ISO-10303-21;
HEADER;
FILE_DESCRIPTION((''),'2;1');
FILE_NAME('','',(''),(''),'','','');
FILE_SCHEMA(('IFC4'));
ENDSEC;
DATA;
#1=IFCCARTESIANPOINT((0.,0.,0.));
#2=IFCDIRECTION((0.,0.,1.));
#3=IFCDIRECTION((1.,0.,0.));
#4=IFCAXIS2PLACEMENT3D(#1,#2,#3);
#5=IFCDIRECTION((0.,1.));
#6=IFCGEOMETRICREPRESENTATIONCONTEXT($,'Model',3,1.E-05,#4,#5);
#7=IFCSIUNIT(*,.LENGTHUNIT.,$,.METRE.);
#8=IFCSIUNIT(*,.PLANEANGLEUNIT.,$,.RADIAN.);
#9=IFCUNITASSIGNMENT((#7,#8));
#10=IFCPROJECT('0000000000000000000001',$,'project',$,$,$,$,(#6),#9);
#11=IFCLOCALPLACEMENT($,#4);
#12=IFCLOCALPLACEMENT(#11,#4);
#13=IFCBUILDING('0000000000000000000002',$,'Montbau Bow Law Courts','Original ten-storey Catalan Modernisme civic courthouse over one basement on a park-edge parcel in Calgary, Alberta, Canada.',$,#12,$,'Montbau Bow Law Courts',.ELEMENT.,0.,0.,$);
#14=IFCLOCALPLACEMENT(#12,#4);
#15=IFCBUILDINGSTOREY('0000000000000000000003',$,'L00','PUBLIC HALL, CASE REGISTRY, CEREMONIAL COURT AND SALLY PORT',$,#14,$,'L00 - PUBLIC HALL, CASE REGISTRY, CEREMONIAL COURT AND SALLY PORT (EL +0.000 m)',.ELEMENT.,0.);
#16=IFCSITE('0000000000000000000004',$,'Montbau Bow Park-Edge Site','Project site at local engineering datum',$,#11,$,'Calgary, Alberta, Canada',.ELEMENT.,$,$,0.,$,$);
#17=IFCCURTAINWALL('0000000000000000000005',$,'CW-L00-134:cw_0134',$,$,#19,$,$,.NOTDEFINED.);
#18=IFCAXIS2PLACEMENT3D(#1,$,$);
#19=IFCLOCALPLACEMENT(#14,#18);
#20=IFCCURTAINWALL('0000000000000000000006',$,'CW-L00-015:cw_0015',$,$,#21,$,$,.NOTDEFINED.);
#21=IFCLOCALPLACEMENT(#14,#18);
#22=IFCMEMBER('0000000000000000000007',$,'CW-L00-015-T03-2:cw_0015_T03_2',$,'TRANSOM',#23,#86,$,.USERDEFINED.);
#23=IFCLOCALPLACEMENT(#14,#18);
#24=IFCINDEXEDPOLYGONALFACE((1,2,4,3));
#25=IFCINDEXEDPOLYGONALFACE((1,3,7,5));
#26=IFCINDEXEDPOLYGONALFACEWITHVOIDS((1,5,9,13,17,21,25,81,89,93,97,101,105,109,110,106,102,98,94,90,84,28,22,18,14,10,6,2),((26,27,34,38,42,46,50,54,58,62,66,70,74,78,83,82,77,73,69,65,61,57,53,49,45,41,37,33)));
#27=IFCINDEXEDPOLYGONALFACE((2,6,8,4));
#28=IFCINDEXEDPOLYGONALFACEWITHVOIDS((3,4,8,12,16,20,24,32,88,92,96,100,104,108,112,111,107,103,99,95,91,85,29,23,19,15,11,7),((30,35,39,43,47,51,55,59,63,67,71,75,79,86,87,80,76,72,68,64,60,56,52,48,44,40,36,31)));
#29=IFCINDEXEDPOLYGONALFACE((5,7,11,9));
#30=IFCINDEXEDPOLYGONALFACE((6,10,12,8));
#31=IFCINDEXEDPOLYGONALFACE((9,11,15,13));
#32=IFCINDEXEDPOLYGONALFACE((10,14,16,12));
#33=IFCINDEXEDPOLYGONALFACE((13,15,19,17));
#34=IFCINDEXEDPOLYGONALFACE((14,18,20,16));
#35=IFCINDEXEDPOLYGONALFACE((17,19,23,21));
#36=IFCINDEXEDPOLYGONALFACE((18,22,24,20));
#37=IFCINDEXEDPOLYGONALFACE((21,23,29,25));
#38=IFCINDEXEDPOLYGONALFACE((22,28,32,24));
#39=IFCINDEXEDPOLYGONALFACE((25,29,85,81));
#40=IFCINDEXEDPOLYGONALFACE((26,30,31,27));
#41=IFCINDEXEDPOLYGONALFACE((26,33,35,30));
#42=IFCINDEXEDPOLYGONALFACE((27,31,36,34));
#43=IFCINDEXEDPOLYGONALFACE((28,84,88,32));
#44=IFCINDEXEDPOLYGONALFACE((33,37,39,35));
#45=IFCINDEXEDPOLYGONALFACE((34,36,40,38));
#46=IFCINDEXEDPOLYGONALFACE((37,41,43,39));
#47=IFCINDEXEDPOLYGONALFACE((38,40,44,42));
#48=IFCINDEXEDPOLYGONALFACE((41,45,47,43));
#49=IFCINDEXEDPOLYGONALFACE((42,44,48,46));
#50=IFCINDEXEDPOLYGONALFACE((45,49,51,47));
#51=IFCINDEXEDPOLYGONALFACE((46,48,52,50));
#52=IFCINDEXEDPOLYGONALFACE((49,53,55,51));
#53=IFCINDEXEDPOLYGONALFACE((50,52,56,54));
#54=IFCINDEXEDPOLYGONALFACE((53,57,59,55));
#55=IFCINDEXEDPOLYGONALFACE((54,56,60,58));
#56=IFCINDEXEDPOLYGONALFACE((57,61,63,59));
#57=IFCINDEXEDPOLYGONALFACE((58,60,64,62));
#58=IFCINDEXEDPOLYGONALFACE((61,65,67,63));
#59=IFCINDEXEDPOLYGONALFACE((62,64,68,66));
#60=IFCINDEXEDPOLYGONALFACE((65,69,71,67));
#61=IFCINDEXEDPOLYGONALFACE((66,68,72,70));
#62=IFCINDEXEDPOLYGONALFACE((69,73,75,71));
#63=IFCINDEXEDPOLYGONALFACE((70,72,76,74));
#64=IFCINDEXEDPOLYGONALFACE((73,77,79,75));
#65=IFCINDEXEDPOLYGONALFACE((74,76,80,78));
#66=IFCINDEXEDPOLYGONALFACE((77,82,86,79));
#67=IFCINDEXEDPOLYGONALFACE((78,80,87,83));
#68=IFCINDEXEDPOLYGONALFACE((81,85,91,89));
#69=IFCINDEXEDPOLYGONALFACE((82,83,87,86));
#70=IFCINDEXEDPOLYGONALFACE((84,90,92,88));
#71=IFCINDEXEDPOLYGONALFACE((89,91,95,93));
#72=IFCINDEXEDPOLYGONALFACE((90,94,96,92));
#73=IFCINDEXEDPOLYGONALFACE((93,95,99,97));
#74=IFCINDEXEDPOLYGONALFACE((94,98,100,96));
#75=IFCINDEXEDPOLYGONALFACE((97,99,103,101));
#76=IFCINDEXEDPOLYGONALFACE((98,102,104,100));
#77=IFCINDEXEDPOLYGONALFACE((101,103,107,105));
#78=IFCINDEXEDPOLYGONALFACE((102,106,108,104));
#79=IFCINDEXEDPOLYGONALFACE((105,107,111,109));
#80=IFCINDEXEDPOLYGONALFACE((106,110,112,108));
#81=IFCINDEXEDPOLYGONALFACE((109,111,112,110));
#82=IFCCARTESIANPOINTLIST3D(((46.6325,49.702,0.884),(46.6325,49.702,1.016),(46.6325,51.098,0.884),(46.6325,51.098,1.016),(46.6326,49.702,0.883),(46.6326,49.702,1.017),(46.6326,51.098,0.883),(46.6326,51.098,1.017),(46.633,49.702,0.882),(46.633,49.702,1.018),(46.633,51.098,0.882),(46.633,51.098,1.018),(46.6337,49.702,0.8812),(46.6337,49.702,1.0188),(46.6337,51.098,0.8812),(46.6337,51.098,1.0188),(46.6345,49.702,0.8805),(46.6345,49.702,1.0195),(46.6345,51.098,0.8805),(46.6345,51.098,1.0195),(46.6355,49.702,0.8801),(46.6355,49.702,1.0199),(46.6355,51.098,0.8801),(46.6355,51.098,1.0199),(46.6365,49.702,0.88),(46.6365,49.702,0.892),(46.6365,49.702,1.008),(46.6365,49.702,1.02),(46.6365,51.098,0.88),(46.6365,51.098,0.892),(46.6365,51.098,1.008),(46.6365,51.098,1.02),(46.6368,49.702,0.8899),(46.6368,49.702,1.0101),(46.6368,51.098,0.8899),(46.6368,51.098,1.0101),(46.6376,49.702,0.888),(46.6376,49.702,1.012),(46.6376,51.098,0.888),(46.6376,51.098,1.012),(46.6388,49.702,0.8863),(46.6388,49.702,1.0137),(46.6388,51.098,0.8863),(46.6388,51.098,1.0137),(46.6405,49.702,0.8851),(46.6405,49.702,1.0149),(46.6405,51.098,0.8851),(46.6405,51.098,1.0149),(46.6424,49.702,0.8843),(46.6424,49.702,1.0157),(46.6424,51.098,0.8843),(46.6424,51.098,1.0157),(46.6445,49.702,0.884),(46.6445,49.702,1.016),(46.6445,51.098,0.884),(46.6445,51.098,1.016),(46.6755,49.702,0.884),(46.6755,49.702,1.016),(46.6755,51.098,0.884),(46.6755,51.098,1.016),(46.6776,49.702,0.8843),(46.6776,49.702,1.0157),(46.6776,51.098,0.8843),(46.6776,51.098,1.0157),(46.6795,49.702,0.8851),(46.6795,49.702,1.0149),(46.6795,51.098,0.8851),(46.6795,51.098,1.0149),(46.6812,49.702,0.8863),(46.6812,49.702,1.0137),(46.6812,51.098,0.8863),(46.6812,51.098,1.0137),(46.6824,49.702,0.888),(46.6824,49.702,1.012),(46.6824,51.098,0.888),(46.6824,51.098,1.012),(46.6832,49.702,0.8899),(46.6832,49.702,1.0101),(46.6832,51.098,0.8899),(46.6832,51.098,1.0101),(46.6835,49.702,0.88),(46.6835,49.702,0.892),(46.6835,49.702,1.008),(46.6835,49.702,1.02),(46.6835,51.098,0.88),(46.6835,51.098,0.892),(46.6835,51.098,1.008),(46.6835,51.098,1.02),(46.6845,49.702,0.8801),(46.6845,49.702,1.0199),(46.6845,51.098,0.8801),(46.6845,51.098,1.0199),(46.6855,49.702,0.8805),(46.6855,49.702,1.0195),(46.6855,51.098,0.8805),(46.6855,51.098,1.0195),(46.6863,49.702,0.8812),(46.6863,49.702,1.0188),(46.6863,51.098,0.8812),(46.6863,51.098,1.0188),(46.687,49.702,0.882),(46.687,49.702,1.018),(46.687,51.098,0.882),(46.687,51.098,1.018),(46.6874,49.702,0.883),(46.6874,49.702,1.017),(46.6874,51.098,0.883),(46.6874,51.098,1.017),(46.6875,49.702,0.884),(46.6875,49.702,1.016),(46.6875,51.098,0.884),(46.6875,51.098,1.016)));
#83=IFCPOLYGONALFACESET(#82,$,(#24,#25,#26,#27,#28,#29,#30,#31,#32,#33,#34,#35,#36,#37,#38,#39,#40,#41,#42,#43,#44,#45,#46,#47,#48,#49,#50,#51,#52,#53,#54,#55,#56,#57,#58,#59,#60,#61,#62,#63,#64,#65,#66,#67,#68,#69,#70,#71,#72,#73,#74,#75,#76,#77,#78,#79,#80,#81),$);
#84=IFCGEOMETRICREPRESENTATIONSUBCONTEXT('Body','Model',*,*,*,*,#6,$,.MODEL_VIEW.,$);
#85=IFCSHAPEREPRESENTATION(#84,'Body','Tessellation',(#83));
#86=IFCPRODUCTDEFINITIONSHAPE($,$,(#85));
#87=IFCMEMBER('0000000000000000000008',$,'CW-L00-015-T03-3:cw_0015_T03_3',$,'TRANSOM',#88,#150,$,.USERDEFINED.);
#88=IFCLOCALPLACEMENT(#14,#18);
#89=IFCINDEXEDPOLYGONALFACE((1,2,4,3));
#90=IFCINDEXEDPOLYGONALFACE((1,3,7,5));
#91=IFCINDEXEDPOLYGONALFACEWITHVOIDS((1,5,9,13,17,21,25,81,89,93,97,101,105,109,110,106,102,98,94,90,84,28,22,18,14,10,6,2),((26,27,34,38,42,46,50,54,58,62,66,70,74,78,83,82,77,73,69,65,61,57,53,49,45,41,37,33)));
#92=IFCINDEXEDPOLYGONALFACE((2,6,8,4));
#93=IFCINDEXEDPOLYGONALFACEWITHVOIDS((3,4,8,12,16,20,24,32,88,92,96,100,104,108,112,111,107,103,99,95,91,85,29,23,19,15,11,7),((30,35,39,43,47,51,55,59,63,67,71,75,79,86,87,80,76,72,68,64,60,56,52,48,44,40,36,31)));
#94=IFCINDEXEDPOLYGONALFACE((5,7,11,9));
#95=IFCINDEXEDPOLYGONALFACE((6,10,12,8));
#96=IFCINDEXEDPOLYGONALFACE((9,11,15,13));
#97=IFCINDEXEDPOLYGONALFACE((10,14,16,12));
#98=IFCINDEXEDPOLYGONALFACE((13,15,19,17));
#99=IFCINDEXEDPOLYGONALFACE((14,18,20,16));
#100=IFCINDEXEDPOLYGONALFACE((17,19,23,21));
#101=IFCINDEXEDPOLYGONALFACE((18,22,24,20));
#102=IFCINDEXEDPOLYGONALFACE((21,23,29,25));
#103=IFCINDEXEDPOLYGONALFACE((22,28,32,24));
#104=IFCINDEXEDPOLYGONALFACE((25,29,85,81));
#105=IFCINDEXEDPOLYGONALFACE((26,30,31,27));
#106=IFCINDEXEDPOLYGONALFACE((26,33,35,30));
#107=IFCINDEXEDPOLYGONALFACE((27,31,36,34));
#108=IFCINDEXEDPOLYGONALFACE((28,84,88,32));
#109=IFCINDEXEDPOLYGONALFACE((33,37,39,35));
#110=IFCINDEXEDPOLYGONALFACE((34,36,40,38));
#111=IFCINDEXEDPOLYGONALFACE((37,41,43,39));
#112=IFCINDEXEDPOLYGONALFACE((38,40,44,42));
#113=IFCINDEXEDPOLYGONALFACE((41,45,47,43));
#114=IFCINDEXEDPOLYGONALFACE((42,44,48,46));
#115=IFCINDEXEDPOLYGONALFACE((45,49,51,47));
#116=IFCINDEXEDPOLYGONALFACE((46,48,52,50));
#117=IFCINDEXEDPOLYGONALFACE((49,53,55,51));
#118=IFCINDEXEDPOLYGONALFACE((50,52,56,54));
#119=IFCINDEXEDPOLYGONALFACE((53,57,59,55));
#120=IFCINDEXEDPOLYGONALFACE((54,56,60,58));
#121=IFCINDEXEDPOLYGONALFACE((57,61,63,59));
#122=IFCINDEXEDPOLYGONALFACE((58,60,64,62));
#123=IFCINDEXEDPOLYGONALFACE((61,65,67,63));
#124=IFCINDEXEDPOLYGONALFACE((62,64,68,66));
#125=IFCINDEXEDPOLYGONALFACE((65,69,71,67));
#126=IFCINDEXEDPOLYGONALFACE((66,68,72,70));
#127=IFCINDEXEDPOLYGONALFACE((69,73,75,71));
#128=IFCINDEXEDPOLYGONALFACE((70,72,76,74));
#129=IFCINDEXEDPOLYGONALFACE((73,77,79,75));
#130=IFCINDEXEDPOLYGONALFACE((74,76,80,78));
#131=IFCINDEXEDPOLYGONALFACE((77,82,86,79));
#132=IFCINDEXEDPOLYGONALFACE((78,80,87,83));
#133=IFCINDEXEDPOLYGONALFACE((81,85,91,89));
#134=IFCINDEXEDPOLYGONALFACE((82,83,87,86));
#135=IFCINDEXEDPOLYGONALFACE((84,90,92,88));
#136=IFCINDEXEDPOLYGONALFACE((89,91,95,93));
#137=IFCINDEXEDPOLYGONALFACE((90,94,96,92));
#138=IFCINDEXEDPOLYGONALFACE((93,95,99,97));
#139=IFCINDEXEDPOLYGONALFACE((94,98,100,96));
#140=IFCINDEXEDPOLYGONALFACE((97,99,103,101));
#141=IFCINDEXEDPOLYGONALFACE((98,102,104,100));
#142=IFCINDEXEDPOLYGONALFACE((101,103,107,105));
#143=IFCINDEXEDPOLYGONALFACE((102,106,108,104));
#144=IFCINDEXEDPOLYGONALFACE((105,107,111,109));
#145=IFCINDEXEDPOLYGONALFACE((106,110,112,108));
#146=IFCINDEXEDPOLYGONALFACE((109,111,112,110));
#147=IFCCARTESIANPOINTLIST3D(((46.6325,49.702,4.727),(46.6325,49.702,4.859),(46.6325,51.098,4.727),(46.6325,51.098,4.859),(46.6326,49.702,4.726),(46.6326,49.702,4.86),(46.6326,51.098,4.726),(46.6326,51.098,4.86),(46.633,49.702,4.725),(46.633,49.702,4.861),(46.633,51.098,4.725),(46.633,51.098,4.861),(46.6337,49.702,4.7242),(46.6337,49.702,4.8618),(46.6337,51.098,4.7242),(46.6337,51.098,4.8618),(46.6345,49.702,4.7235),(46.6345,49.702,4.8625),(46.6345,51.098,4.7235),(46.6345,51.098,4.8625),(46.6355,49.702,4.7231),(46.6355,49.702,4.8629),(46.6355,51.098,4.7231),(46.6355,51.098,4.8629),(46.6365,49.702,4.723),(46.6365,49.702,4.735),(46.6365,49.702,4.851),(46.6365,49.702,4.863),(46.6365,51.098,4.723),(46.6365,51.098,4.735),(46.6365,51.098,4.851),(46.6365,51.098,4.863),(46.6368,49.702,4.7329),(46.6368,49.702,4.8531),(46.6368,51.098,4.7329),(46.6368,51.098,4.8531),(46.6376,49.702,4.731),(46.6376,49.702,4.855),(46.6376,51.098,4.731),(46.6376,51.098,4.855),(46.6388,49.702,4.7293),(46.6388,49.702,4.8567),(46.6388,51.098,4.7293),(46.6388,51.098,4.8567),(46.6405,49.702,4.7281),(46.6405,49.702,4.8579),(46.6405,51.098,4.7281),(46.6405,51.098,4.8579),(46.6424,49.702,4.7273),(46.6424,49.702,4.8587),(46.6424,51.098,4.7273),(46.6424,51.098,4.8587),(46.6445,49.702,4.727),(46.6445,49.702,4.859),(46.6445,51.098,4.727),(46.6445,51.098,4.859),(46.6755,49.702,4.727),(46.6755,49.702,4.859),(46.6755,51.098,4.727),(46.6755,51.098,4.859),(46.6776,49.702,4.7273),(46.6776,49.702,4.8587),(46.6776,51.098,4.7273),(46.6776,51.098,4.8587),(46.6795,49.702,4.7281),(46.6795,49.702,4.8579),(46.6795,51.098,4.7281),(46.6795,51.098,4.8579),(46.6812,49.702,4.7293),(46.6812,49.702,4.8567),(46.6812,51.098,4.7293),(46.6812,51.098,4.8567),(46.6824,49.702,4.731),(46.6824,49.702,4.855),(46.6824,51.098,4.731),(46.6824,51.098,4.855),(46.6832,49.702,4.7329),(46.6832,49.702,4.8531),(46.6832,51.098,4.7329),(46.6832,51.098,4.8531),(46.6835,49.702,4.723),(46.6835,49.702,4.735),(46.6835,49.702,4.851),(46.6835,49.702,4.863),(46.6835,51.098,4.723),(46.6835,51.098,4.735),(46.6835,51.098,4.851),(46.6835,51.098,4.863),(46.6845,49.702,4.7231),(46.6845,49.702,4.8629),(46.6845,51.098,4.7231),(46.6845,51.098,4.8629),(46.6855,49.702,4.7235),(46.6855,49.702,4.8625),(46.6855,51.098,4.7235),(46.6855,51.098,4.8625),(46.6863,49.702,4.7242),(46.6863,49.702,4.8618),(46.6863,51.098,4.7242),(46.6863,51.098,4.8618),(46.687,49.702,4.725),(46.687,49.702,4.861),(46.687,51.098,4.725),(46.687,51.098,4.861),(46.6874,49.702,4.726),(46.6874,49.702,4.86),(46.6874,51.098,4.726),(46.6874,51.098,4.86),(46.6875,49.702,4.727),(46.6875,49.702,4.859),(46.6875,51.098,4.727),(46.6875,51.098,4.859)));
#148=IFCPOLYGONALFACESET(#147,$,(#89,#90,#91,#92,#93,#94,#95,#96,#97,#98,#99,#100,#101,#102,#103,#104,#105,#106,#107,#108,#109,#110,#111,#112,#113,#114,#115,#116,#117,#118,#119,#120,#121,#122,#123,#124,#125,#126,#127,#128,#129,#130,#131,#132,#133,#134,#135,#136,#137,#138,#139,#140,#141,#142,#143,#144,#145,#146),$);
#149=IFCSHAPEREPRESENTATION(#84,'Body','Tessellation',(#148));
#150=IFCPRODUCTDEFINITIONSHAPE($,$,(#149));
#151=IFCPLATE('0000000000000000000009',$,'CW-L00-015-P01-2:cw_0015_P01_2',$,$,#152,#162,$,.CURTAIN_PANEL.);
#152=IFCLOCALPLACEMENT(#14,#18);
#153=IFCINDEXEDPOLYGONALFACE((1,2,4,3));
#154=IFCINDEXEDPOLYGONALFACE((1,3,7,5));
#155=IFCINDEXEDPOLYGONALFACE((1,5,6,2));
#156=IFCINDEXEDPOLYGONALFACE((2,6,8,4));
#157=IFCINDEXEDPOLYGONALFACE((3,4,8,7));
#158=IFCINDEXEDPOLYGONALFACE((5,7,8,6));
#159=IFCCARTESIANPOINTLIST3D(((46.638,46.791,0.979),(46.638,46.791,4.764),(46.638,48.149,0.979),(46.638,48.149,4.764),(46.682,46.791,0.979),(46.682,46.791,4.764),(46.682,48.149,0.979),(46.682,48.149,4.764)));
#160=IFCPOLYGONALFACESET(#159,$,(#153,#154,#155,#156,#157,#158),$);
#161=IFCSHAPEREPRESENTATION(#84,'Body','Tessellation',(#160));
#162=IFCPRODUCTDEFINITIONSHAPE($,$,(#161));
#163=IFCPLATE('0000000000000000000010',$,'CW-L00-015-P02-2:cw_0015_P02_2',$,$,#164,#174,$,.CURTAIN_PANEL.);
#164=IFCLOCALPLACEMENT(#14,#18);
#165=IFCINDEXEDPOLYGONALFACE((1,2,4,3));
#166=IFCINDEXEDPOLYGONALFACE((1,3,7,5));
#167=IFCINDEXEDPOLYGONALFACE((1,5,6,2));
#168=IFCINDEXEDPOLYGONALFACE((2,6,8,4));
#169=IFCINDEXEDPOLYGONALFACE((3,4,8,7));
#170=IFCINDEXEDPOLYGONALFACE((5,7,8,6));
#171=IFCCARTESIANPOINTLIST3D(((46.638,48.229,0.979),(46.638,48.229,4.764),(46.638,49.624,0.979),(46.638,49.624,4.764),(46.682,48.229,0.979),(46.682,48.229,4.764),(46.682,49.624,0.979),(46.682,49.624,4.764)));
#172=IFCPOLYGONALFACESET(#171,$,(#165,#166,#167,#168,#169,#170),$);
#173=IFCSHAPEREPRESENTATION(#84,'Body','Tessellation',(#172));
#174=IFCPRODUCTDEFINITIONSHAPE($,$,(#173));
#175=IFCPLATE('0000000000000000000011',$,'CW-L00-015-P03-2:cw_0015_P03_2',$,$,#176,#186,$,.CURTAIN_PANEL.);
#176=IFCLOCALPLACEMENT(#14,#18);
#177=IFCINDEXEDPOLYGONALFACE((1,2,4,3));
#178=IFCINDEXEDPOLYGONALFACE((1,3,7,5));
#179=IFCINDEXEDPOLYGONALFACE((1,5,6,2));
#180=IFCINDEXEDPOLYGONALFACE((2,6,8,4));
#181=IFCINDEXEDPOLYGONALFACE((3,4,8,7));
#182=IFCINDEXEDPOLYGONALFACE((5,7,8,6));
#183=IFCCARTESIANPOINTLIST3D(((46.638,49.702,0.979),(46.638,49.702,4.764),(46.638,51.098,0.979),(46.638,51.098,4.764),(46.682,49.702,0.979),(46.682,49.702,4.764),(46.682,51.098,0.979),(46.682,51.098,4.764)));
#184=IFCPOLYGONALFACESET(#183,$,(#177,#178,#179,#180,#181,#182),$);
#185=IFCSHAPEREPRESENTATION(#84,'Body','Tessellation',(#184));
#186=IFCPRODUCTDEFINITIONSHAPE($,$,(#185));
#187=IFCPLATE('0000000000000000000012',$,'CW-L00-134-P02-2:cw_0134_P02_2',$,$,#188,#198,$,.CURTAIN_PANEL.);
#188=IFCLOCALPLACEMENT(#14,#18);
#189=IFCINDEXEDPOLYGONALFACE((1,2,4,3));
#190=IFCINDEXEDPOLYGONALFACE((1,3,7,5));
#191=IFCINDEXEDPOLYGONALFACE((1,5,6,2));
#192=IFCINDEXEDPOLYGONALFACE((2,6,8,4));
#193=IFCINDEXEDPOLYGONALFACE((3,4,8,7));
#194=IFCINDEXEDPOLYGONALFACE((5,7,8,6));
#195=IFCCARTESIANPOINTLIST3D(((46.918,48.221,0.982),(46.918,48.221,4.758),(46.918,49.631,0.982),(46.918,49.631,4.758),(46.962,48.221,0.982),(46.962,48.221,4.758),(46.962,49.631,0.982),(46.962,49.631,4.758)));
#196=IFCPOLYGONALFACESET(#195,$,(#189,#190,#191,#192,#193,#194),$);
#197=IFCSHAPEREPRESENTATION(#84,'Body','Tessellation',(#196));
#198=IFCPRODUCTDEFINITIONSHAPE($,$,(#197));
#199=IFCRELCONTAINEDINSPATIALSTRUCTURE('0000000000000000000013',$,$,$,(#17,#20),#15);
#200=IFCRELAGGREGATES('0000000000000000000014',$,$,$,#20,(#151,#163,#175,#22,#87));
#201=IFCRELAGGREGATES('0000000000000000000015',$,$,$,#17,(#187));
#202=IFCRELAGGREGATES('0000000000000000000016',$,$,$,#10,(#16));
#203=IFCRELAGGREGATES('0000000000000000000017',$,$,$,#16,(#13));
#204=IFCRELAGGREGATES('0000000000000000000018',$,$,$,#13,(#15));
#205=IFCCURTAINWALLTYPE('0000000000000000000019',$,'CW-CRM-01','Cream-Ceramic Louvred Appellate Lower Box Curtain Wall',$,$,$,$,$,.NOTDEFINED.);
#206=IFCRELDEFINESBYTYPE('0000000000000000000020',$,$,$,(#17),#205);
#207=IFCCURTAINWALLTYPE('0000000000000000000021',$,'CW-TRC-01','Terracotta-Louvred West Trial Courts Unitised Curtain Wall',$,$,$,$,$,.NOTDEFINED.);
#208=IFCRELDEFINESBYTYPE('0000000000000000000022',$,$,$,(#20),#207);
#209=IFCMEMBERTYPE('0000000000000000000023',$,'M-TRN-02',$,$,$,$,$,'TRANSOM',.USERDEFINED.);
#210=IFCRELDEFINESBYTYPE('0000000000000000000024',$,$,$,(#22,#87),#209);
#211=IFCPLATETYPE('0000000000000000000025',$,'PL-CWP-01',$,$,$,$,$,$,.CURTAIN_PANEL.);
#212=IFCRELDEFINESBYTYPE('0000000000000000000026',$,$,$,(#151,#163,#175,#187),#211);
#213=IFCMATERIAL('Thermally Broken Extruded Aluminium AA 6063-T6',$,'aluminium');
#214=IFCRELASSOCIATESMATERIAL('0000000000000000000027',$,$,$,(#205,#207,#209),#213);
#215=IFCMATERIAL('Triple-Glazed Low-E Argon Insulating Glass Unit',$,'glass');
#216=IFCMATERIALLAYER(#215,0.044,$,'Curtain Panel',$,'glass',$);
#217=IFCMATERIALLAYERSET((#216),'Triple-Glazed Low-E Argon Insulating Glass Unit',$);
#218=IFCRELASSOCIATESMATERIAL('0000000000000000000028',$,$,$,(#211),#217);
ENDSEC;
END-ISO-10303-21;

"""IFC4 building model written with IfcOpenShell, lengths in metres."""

from ifc_helpers import new_model, si_unit, direction, frame, frame_2d, origin_with_axes, origin_2d_with_axis, place, context, subcontext, project, spatial, rectangle, hollow_rectangle, extrude, material, layer, layer_set, material_profile, profile_set, type_object, element, aggregate, save


model = new_model("IFC4")

# Units and contexts
model_context = context("Model", 3, precision=1e-05, world=origin_with_axes(), true_north=direction((0.0, 1.0)))
body_context = subcontext(model_context, "Body", "Model", "MODEL_VIEW")
ifc_project = project(units=[si_unit("LENGTHUNIT", "METRE"), si_unit("PLANEANGLEUNIT", "RADIAN")], contexts=[model_context])

# Site, building, storey
site_placement = place(None, origin_with_axes())
site = spatial("IfcSite", under=ifc_project, at=site_placement, Name="Montbau Bow Park-Edge Site", Description="Project site at local engineering datum", LongName="Calgary, Alberta, Canada", CompositionType="ELEMENT", RefElevation=0.0)
building_placement = place(site_placement, origin_with_axes())
building = spatial("IfcBuilding", under=site, at=building_placement, Name="Montbau Bow Law Courts", Description="Original ten-storey Catalan Modernisme civic courthouse over one basement on a park-edge parcel in Calgary, Alberta, Canada.", LongName="Montbau Bow Law Courts", CompositionType="ELEMENT", ElevationOfRefHeight=0.0, ElevationOfTerrain=0.0)
storey_placement = place(building_placement, origin_with_axes())
storey = spatial("IfcBuildingStorey", under=building, at=storey_placement, Name="L00", Description="PUBLIC HALL, CASE REGISTRY, CEREMONIAL COURT AND SALLY PORT", LongName="L00 - PUBLIC HALL, CASE REGISTRY, CEREMONIAL COURT AND SALLY PORT (EL +0.000 m)", CompositionType="ELEMENT", Elevation=0.0)

# Curtain wall
ifc_material_1 = material(Name="Thermally Broken Extruded Aluminium AA 6063-T6", Category="aluminium")
curtain_wall_type_1 = type_object("IfcCurtainWallType", Name="CW-CRM-01", Description="Cream-Ceramic Louvred Appellate Lower Box Curtain Wall", PredefinedType="NOTDEFINED", material=ifc_material_1)
curtain_wall_1_placement = place(None, frame((46.94, 46.715, 0.0), z_axis=(0.0, 0.0, 1.0), x_axis=(1.0, 0.0, 0.0)))
curtain_wall_1 = element("IfcCurtainWall", 1, at=curtain_wall_1_placement, inside=storey, type_object=curtain_wall_type_1, Name="CW-L00-134:cw_0134", PredefinedType="NOTDEFINED")

# Curtain wall, members, plates
curtain_wall_type_2 = type_object("IfcCurtainWallType", Name="CW-TRC-01", Description="Terracotta-Louvred West Trial Courts Unitised Curtain Wall", PredefinedType="NOTDEFINED", material=ifc_material_1)
curtain_wall_2_placement = place(None, frame((46.66, 46.715, 0.0), z_axis=(0.0, 0.0, 1.0), x_axis=(1.0, 0.0, 0.0)))
curtain_wall_2 = element("IfcCurtainWall", 2, at=curtain_wall_2_placement, inside=storey, type_object=curtain_wall_type_2, Name="CW-L00-015:cw_0015", PredefinedType="NOTDEFINED")
ifc_material_profile_1 = material_profile(ifc_material_1, hollow_rectangle(XDim=0.055, YDim=0.14, WallThickness=0.004, InnerFilletRadius=0.008, OuterFilletRadius=0.004, at=origin_2d_with_axis()), Name="CWT-140X55", Category="Main", Priority=0)
ifc_profile_set_1 = profile_set([ifc_material_profile_1], Name="Thermally Broken Extruded Aluminium AA 6063-T6")
member_type_1 = type_object("IfcMemberType", Name="M-TRN-02", ElementType="TRANSOM", PredefinedType="USERDEFINED", material=ifc_profile_set_1)
member_1_placement = place(None, frame((46.66, 49.702, 0.95), z_axis=(0.0, 1.0, 0.0), x_axis=(-1.0, 0.0, 0.0)))
member_1 = element("IfcMember", 3, at=member_1_placement, type_object=member_type_1, Name="CW-L00-015-T03-2:cw_0015_T03_2", ObjectType="TRANSOM", PredefinedType="USERDEFINED", context=body_context, shape_type="SweptSolid", body=[
    extrude(hollow_rectangle(XDim=0.055, YDim=0.14, WallThickness=0.004, InnerFilletRadius=0.008, OuterFilletRadius=0.004, at=origin_2d_with_axis()), origin_with_axes(), (0.0, 0.0, 1.0), 1.396),
])
member_2_placement = place(None, frame((46.66, 49.702, 4.793), z_axis=(0.0, 1.0, 0.0), x_axis=(-1.0, 0.0, 0.0)))
member_2 = element("IfcMember", 4, at=member_2_placement, type_object=member_type_1, Name="CW-L00-015-T03-3:cw_0015_T03_3", ObjectType="TRANSOM", PredefinedType="USERDEFINED", context=body_context, shape_type="SweptSolid", body=[
    extrude(hollow_rectangle(XDim=0.055, YDim=0.14, WallThickness=0.004, InnerFilletRadius=0.008, OuterFilletRadius=0.004, at=origin_2d_with_axis()), origin_with_axes(), (0.0, 0.0, 1.0), 1.396),
])
ifc_material_2 = material(Name="Triple-Glazed Low-E Argon Insulating Glass Unit", Category="glass")
ifc_layer_1 = layer(ifc_material_2, 0.044, Name="Curtain Panel", Category="glass")
ifc_layer_set_1 = layer_set([ifc_layer_1], Name="Triple-Glazed Low-E Argon Insulating Glass Unit")
plate_type_1 = type_object("IfcPlateType", Name="PL-CWP-01", PredefinedType="CURTAIN_PANEL", material=ifc_layer_set_1)
plate_1_placement = place(None, frame((46.66, 46.791, 0.979), z_axis=(1.0, 0.0, 0.0), x_axis=(0.0, 1.0, 0.0)))
plate_1 = element("IfcPlate", 5, at=plate_1_placement, type_object=plate_type_1, Name="CW-L00-015-P01-2:cw_0015_P01_2", PredefinedType="CURTAIN_PANEL", context=body_context, shape_type="SweptSolid", body=[
    extrude(rectangle(XDim=1.358, YDim=3.785, at=frame_2d((0.679, 1.8925), x_axis=(1.0, 0.0))), frame((0.0, 0.0, -0.022), z_axis=(0.0, 0.0, 1.0), x_axis=(1.0, 0.0, 0.0)), (0.0, 0.0, 1.0), 0.044),
])
plate_2_placement = place(None, frame((46.66, 48.229, 0.979), z_axis=(1.0, 0.0, 0.0), x_axis=(0.0, 1.0, 0.0)))
plate_2 = element("IfcPlate", 6, at=plate_2_placement, type_object=plate_type_1, Name="CW-L00-015-P02-2:cw_0015_P02_2", PredefinedType="CURTAIN_PANEL", context=body_context, shape_type="SweptSolid", body=[
    extrude(rectangle(XDim=1.395, YDim=3.785, at=frame_2d((0.6975, 1.8925), x_axis=(1.0, 0.0))), frame((0.0, 0.0, -0.022), z_axis=(0.0, 0.0, 1.0), x_axis=(1.0, 0.0, 0.0)), (0.0, 0.0, 1.0), 0.044),
])
plate_3_placement = place(None, frame((46.66, 49.702, 0.979), z_axis=(1.0, 0.0, 0.0), x_axis=(0.0, 1.0, 0.0)))
plate_3 = element("IfcPlate", 7, at=plate_3_placement, type_object=plate_type_1, Name="CW-L00-015-P03-2:cw_0015_P03_2", PredefinedType="CURTAIN_PANEL", context=body_context, shape_type="SweptSolid", body=[
    extrude(rectangle(XDim=1.396, YDim=3.785, at=frame_2d((0.698, 1.8925), x_axis=(1.0, 0.0))), frame((0.0, 0.0, -0.022), z_axis=(0.0, 0.0, 1.0), x_axis=(1.0, 0.0, 0.0)), (0.0, 0.0, 1.0), 0.044),
])
aggregate(curtain_wall_2, [plate_1, plate_2, plate_3, member_1, member_2])

# Plate
plate_4_placement = place(None, frame((46.94, 48.221, 0.982), z_axis=(1.0, 0.0, 0.0), x_axis=(0.0, 1.0, 0.0)))
plate_4 = element("IfcPlate", 8, at=plate_4_placement, type_object=plate_type_1, Name="CW-L00-134-P02-2:cw_0134_P02_2", PredefinedType="CURTAIN_PANEL", context=body_context, shape_type="SweptSolid", body=[
    extrude(rectangle(XDim=1.41, YDim=3.776, at=frame_2d((0.705, 1.888), x_axis=(1.0, 0.0))), frame((0.0, 0.0, -0.022), z_axis=(0.0, 0.0, 1.0), x_axis=(1.0, 0.0, 0.0)), (0.0, 0.0, 1.0), 0.044),
])
aggregate(curtain_wall_1, [plate_4])

save(model, "model.ifc")
